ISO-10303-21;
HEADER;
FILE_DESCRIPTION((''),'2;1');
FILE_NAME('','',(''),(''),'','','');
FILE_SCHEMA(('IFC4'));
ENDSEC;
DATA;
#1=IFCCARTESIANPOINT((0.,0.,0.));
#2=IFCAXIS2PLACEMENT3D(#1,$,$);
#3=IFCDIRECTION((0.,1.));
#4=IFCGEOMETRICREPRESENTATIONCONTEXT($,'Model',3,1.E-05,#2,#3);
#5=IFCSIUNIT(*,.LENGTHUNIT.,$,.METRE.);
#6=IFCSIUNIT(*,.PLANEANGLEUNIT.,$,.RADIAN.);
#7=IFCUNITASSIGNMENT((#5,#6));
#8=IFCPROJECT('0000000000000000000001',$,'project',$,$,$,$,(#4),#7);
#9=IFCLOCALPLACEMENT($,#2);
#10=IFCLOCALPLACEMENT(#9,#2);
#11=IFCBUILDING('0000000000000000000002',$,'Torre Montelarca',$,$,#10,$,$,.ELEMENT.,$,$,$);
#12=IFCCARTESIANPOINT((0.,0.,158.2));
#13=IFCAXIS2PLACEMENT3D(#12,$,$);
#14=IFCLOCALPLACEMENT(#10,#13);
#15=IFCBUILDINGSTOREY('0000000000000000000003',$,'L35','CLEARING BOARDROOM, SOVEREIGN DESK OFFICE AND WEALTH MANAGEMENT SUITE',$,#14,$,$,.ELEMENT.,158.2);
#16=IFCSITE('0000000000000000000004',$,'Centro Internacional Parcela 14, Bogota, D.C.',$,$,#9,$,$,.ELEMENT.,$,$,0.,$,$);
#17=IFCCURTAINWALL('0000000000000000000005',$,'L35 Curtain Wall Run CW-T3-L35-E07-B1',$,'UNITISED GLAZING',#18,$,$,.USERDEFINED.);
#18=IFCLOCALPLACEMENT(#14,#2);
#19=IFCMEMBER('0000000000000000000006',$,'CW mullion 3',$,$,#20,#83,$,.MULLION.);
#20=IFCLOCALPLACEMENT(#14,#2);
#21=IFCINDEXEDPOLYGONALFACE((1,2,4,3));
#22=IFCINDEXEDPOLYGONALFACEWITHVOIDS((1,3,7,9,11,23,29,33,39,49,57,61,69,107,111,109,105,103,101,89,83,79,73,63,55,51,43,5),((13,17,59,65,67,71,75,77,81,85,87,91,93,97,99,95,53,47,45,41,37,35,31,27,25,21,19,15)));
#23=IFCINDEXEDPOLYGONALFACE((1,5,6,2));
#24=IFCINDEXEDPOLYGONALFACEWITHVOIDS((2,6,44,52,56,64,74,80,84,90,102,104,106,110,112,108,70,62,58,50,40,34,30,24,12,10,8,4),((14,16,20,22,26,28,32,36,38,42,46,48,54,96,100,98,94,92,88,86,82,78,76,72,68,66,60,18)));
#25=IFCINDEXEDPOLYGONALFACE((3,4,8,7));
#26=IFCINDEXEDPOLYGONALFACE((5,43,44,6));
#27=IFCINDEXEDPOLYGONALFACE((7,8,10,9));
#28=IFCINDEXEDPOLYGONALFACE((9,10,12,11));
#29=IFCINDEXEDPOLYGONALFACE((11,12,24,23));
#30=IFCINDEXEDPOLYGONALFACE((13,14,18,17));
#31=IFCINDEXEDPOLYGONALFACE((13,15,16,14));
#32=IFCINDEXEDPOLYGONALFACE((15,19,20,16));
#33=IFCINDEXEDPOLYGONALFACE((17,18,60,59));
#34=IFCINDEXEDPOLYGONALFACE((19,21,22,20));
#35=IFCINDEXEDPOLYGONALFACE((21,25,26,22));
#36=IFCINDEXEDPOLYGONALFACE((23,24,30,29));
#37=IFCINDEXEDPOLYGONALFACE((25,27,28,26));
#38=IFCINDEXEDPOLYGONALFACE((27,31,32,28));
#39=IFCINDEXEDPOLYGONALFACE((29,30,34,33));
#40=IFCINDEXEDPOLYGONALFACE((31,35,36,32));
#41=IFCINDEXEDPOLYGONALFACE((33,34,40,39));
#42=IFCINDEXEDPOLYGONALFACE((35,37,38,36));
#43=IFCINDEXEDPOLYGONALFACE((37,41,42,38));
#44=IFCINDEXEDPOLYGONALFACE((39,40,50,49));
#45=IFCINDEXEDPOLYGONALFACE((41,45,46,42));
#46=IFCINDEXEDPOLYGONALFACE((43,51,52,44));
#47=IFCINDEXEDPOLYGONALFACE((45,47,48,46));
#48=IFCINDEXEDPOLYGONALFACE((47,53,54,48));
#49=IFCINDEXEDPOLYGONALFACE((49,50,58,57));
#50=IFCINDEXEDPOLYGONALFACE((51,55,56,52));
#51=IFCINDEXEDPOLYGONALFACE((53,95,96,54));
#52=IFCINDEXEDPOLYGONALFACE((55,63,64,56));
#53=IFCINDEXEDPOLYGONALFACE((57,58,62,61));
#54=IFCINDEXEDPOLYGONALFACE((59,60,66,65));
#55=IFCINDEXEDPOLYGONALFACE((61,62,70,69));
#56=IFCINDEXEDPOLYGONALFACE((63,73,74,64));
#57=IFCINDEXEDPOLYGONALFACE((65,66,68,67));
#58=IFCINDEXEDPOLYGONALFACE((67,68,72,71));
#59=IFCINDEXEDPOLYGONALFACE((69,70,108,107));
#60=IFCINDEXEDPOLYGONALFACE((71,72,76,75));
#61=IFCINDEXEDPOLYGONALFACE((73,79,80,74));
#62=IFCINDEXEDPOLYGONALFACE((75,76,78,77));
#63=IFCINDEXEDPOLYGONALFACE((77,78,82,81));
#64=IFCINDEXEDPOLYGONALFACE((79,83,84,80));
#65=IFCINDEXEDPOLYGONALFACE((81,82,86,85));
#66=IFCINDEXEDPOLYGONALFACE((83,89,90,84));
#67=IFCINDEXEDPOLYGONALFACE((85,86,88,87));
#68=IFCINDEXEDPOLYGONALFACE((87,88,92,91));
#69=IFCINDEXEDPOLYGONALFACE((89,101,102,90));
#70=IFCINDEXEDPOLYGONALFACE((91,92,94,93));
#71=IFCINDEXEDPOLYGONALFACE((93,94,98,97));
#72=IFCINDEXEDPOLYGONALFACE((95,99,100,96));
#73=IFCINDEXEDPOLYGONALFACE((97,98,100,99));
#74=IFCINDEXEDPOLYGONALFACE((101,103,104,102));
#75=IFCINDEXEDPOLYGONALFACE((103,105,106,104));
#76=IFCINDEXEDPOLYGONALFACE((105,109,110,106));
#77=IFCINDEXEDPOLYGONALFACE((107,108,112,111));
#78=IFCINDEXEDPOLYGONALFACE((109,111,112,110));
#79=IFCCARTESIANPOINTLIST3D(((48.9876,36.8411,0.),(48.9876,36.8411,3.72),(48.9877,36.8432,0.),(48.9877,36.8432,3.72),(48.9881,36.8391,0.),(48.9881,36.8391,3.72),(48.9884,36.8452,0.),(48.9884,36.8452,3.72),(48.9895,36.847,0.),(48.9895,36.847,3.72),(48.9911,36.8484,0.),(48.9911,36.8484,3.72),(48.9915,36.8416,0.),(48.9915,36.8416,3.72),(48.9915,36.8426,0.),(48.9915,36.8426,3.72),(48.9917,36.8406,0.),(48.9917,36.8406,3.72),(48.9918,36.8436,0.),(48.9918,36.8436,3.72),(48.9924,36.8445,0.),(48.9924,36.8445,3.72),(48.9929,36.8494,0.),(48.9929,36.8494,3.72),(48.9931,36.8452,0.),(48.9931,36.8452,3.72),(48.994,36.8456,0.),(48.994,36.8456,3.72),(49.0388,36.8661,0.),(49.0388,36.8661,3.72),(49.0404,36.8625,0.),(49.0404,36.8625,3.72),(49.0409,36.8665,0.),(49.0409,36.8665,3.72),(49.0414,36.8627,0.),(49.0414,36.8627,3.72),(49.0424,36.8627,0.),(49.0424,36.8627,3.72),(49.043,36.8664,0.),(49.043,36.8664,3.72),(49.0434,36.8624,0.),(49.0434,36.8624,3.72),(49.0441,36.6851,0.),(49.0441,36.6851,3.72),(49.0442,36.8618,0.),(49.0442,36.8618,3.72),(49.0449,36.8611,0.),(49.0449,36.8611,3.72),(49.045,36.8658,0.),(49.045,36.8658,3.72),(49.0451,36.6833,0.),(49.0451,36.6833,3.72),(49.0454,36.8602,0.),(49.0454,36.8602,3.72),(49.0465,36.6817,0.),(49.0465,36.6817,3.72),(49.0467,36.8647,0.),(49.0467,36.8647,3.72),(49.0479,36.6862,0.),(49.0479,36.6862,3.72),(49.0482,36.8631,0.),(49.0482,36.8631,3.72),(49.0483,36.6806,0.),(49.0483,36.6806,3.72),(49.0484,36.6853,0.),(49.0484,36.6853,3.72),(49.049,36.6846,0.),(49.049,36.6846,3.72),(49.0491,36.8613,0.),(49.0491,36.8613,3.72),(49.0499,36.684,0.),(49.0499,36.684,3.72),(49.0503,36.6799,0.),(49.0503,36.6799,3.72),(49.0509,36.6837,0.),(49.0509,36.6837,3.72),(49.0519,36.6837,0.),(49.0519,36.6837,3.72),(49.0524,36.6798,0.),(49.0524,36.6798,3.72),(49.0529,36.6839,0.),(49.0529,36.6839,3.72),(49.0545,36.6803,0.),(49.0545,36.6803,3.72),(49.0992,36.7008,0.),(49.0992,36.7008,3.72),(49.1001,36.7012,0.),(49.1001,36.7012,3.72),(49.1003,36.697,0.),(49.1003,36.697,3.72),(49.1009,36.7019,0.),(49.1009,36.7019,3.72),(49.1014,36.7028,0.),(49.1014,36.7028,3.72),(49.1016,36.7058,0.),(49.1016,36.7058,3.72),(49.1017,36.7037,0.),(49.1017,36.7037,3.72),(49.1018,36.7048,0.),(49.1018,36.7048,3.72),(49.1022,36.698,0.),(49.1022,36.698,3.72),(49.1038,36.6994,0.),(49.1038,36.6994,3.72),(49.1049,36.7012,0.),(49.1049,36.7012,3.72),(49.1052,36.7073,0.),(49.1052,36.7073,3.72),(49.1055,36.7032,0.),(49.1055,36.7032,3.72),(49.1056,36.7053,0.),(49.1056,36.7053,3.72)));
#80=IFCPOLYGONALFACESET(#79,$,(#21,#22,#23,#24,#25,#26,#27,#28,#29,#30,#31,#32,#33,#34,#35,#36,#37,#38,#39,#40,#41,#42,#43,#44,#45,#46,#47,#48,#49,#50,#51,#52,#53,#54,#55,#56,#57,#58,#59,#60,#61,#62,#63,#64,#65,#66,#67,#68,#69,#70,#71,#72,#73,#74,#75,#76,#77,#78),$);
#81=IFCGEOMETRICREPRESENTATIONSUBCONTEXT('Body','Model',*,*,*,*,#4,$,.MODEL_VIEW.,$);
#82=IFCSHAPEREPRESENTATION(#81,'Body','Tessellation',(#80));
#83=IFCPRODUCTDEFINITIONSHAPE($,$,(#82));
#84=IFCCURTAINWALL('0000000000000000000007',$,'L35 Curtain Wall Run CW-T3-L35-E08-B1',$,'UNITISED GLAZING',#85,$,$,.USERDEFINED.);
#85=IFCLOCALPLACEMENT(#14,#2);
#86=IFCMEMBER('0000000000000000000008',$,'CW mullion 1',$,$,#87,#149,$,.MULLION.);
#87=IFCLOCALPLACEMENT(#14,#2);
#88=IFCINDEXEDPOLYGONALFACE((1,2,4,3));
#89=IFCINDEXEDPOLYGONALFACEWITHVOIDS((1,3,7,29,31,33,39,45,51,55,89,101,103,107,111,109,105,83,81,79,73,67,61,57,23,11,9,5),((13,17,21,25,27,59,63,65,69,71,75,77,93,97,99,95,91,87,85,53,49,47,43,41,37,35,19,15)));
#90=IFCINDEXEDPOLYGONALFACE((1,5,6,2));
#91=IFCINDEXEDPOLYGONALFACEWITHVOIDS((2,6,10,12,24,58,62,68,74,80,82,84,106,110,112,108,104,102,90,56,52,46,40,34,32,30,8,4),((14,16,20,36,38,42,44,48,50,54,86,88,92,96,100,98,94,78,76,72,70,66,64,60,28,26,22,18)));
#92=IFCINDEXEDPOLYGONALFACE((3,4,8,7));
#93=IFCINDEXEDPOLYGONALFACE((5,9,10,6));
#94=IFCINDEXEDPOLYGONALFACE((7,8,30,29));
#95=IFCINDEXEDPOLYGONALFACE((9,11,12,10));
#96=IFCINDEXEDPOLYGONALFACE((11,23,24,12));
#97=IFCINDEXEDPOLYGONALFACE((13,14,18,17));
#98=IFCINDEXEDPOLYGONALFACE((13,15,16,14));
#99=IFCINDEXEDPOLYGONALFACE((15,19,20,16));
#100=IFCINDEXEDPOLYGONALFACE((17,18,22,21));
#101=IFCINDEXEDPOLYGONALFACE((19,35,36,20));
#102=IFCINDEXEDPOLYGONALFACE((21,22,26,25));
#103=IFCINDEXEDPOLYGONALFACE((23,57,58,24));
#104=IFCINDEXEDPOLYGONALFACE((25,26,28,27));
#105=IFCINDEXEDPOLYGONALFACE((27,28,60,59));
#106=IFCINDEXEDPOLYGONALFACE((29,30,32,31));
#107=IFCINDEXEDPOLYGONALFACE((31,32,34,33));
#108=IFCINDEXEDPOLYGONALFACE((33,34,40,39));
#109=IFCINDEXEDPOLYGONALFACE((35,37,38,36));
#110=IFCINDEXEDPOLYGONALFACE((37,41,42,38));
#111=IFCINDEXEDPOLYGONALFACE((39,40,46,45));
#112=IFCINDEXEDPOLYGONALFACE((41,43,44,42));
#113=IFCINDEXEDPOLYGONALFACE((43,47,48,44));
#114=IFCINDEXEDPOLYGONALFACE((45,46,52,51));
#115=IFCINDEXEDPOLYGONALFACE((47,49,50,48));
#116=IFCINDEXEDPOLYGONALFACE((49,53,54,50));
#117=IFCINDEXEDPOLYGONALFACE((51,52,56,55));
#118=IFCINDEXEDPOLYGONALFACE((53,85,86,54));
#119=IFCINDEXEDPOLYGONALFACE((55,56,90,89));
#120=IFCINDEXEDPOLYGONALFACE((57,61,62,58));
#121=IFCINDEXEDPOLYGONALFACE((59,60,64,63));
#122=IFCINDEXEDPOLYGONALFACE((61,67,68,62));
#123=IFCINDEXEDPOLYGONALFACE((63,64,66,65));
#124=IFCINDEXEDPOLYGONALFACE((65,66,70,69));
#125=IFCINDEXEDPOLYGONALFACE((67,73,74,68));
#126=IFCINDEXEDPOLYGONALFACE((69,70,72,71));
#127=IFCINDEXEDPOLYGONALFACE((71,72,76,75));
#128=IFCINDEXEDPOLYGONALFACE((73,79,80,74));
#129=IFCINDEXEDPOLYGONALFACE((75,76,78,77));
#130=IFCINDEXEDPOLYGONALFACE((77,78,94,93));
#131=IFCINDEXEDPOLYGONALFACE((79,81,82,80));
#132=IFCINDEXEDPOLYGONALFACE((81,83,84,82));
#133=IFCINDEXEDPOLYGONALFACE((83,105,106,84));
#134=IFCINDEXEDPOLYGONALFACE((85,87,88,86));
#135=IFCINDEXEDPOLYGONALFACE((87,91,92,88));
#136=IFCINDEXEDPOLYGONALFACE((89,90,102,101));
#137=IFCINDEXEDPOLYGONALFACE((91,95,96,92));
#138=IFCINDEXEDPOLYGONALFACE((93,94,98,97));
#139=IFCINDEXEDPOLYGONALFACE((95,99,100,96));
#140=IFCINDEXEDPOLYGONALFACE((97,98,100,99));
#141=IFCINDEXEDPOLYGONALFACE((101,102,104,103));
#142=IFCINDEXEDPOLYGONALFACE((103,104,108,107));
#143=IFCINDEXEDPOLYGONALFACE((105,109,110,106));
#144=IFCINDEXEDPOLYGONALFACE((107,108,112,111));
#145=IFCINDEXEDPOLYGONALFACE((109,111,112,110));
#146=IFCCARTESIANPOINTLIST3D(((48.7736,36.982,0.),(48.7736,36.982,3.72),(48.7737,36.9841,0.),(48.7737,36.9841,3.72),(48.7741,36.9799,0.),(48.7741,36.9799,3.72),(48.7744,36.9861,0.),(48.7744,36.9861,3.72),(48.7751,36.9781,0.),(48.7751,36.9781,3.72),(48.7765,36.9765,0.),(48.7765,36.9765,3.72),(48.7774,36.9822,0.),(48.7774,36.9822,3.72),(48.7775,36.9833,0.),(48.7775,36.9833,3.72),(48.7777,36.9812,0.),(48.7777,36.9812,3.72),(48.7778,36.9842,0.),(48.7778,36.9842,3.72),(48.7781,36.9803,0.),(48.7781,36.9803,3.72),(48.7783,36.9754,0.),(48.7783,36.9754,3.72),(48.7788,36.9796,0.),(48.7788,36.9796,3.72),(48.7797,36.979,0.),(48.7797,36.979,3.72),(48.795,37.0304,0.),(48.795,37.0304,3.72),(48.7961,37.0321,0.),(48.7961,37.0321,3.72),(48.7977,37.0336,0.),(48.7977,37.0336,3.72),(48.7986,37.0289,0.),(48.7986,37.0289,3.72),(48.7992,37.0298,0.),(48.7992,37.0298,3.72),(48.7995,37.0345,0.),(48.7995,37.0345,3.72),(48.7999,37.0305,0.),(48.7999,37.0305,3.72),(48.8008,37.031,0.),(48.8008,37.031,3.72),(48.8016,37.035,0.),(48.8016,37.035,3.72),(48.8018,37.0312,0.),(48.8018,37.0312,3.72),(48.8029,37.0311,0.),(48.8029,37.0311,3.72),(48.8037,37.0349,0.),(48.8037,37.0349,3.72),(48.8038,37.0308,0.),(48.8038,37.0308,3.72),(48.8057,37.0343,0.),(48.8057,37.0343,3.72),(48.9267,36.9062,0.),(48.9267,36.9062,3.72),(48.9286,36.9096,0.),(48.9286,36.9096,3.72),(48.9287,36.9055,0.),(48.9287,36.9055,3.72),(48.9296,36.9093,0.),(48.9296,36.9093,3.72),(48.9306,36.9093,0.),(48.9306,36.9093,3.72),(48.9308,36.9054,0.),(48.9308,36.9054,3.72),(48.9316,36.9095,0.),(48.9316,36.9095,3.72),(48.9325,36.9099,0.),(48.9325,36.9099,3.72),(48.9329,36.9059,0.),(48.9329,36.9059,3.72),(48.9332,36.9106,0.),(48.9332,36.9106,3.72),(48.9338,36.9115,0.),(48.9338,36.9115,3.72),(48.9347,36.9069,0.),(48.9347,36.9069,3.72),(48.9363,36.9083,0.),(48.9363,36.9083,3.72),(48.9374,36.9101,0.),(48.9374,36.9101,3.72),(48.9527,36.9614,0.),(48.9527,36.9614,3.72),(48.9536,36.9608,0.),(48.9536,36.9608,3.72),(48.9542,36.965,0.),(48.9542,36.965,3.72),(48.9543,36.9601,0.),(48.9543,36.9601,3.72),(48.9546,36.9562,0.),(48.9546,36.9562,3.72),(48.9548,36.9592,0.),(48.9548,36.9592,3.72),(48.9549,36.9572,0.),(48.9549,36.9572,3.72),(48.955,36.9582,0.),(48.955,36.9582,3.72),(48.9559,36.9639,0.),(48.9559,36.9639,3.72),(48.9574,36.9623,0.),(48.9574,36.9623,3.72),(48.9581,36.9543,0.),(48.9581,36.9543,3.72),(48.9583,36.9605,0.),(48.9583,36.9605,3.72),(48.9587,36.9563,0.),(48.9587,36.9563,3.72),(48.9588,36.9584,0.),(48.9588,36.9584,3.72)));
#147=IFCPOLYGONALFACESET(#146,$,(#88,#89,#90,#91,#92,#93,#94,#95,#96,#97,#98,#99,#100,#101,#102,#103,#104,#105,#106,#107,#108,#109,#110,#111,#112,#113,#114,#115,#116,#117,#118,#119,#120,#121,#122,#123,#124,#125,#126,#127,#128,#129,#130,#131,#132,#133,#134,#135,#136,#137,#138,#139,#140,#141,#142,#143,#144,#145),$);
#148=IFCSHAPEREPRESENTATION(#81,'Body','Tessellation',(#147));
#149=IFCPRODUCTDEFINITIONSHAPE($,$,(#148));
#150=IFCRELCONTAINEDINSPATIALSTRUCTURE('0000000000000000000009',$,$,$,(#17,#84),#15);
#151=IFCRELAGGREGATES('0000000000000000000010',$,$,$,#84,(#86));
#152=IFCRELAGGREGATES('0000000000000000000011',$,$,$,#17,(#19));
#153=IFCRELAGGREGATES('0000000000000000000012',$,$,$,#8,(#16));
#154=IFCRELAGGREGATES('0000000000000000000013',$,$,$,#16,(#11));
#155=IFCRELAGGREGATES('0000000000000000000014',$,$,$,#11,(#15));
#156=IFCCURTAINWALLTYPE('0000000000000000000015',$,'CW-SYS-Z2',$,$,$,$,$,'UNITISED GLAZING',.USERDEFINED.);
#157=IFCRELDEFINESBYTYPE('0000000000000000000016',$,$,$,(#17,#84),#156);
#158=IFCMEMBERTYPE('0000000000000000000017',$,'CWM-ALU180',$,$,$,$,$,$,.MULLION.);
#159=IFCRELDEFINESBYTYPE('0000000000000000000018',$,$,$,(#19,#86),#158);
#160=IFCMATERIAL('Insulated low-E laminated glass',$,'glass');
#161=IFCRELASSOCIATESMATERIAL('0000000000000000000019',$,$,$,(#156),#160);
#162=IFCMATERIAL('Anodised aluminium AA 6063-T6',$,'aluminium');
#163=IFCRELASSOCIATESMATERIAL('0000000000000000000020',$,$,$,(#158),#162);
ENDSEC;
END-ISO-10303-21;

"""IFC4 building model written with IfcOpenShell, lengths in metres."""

from ifc_helpers import new_model, si_unit, direction, frame, origin, origin_2d, place, context, subcontext, project, spatial, hollow_rectangle, extrude, source, transform, mapped, material, material_profile, profile_set, type_object, element, aggregate, save


model = new_model("IFC4")

# Units and contexts
model_context = context("Model", 3, precision=1e-05, world=origin(), true_north=direction((0.0, 1.0)))
body_context = subcontext(model_context, "Body", "Model", "MODEL_VIEW")
ifc_project = project(units=[si_unit("LENGTHUNIT", "METRE"), si_unit("PLANEANGLEUNIT", "RADIAN")], contexts=[model_context])

# Site, building, storey
site_placement = place(None, origin())
site = spatial("IfcSite", under=ifc_project, at=site_placement, Name="Centro Internacional Parcela 14, Bogota, D.C.", CompositionType="ELEMENT", RefElevation=0.0)
building_placement = place(site_placement, origin())
building = spatial("IfcBuilding", under=site, at=building_placement, Name="Torre Montelarca", CompositionType="ELEMENT")
storey_placement = place(building_placement, frame((0.0, 0.0, 158.2)))
storey = spatial("IfcBuildingStorey", under=building, at=storey_placement, Name="L35", Description="CLEARING BOARDROOM, SOVEREIGN DESK OFFICE AND WEALTH MANAGEMENT SUITE", CompositionType="ELEMENT", Elevation=158.2)

# Curtain walls, members
ifc_material_1 = material(Name="Insulated low-E laminated glass", Category="glass")
curtain_wall_type = type_object("IfcCurtainWallType", Name="CW-SYS-Z2", ElementType="UNITISED GLAZING", PredefinedType="USERDEFINED", material=ifc_material_1)
curtain_wall_1_placement = place(storey_placement, origin())
curtain_wall_1 = element("IfcCurtainWall", 1, at=curtain_wall_1_placement, inside=storey, type_object=curtain_wall_type, Name="L35 Curtain Wall Run CW-T3-L35-E07-B1", ObjectType="UNITISED GLAZING", PredefinedType="USERDEFINED")
ifc_material_2 = material(Name="Anodised aluminium AA 6063-T6", Category="aluminium")
ifc_material_profile_1 = material_profile(ifc_material_2, hollow_rectangle(XDim=0.0649, YDim=0.1799, WallThickness=0.0039, InnerFilletRadius=0.0039, OuterFilletRadius=0.0081, at=origin_2d()), Name="ALU65X180X4", Category="aluminium")
ifc_profile_set_1 = profile_set([ifc_material_profile_1], Name="Anodised aluminium AA 6063-T6")
member_type_1 = type_object("IfcMemberType", Name="CWM-ALU180", PredefinedType="MULLION", material=ifc_profile_set_1)
shared_shape_1 = source(origin(), body_context, "Body", "SweptSolid", [
    extrude(hollow_rectangle(XDim=0.0649, YDim=0.1799, WallThickness=0.0039, InnerFilletRadius=0.0039, OuterFilletRadius=0.0081, at=origin_2d()), origin(), (0.0, 0.0, 1.0), 3.72),
])
member_1_placement = place(storey_placement, frame((49.0466, 36.7732, 0.0), z_axis=(0.0, 0.0, 1.0), x_axis=(-0.939692, -0.342021, 0.0)))
member_1 = element("IfcMember", 2, at=member_1_placement, type_object=member_type_1, Name="CW mullion 3", PredefinedType="MULLION", context=body_context, shape_type="MappedRepresentation", body=[
    mapped(shared_shape_1, transform((0.0, 0.0, 0.0), scale=1.0)),
])
curtain_wall_2_placement = place(storey_placement, origin())
curtain_wall_2 = element("IfcCurtainWall", 3, at=curtain_wall_2_placement, inside=storey, type_object=curtain_wall_type, Name="L35 Curtain Wall Run CW-T3-L35-E08-B1", ObjectType="UNITISED GLAZING", PredefinedType="USERDEFINED")
member_2_placement = place(storey_placement, frame((48.8662, 36.9702, 0.0), z_axis=(0.0, 0.0, 1.0), x_axis=(-0.422609, -0.906312, 0.0)))
member_2 = element("IfcMember", 4, at=member_2_placement, type_object=member_type_1, Name="CW mullion 1", PredefinedType="MULLION", context=body_context, shape_type="MappedRepresentation", body=[
    mapped(shared_shape_1, transform((0.0, 0.0, 0.0), scale=1.0)),
])

aggregate(curtain_wall_2, [member_2])
aggregate(curtain_wall_1, [member_1])

save(model, "model.ifc")
